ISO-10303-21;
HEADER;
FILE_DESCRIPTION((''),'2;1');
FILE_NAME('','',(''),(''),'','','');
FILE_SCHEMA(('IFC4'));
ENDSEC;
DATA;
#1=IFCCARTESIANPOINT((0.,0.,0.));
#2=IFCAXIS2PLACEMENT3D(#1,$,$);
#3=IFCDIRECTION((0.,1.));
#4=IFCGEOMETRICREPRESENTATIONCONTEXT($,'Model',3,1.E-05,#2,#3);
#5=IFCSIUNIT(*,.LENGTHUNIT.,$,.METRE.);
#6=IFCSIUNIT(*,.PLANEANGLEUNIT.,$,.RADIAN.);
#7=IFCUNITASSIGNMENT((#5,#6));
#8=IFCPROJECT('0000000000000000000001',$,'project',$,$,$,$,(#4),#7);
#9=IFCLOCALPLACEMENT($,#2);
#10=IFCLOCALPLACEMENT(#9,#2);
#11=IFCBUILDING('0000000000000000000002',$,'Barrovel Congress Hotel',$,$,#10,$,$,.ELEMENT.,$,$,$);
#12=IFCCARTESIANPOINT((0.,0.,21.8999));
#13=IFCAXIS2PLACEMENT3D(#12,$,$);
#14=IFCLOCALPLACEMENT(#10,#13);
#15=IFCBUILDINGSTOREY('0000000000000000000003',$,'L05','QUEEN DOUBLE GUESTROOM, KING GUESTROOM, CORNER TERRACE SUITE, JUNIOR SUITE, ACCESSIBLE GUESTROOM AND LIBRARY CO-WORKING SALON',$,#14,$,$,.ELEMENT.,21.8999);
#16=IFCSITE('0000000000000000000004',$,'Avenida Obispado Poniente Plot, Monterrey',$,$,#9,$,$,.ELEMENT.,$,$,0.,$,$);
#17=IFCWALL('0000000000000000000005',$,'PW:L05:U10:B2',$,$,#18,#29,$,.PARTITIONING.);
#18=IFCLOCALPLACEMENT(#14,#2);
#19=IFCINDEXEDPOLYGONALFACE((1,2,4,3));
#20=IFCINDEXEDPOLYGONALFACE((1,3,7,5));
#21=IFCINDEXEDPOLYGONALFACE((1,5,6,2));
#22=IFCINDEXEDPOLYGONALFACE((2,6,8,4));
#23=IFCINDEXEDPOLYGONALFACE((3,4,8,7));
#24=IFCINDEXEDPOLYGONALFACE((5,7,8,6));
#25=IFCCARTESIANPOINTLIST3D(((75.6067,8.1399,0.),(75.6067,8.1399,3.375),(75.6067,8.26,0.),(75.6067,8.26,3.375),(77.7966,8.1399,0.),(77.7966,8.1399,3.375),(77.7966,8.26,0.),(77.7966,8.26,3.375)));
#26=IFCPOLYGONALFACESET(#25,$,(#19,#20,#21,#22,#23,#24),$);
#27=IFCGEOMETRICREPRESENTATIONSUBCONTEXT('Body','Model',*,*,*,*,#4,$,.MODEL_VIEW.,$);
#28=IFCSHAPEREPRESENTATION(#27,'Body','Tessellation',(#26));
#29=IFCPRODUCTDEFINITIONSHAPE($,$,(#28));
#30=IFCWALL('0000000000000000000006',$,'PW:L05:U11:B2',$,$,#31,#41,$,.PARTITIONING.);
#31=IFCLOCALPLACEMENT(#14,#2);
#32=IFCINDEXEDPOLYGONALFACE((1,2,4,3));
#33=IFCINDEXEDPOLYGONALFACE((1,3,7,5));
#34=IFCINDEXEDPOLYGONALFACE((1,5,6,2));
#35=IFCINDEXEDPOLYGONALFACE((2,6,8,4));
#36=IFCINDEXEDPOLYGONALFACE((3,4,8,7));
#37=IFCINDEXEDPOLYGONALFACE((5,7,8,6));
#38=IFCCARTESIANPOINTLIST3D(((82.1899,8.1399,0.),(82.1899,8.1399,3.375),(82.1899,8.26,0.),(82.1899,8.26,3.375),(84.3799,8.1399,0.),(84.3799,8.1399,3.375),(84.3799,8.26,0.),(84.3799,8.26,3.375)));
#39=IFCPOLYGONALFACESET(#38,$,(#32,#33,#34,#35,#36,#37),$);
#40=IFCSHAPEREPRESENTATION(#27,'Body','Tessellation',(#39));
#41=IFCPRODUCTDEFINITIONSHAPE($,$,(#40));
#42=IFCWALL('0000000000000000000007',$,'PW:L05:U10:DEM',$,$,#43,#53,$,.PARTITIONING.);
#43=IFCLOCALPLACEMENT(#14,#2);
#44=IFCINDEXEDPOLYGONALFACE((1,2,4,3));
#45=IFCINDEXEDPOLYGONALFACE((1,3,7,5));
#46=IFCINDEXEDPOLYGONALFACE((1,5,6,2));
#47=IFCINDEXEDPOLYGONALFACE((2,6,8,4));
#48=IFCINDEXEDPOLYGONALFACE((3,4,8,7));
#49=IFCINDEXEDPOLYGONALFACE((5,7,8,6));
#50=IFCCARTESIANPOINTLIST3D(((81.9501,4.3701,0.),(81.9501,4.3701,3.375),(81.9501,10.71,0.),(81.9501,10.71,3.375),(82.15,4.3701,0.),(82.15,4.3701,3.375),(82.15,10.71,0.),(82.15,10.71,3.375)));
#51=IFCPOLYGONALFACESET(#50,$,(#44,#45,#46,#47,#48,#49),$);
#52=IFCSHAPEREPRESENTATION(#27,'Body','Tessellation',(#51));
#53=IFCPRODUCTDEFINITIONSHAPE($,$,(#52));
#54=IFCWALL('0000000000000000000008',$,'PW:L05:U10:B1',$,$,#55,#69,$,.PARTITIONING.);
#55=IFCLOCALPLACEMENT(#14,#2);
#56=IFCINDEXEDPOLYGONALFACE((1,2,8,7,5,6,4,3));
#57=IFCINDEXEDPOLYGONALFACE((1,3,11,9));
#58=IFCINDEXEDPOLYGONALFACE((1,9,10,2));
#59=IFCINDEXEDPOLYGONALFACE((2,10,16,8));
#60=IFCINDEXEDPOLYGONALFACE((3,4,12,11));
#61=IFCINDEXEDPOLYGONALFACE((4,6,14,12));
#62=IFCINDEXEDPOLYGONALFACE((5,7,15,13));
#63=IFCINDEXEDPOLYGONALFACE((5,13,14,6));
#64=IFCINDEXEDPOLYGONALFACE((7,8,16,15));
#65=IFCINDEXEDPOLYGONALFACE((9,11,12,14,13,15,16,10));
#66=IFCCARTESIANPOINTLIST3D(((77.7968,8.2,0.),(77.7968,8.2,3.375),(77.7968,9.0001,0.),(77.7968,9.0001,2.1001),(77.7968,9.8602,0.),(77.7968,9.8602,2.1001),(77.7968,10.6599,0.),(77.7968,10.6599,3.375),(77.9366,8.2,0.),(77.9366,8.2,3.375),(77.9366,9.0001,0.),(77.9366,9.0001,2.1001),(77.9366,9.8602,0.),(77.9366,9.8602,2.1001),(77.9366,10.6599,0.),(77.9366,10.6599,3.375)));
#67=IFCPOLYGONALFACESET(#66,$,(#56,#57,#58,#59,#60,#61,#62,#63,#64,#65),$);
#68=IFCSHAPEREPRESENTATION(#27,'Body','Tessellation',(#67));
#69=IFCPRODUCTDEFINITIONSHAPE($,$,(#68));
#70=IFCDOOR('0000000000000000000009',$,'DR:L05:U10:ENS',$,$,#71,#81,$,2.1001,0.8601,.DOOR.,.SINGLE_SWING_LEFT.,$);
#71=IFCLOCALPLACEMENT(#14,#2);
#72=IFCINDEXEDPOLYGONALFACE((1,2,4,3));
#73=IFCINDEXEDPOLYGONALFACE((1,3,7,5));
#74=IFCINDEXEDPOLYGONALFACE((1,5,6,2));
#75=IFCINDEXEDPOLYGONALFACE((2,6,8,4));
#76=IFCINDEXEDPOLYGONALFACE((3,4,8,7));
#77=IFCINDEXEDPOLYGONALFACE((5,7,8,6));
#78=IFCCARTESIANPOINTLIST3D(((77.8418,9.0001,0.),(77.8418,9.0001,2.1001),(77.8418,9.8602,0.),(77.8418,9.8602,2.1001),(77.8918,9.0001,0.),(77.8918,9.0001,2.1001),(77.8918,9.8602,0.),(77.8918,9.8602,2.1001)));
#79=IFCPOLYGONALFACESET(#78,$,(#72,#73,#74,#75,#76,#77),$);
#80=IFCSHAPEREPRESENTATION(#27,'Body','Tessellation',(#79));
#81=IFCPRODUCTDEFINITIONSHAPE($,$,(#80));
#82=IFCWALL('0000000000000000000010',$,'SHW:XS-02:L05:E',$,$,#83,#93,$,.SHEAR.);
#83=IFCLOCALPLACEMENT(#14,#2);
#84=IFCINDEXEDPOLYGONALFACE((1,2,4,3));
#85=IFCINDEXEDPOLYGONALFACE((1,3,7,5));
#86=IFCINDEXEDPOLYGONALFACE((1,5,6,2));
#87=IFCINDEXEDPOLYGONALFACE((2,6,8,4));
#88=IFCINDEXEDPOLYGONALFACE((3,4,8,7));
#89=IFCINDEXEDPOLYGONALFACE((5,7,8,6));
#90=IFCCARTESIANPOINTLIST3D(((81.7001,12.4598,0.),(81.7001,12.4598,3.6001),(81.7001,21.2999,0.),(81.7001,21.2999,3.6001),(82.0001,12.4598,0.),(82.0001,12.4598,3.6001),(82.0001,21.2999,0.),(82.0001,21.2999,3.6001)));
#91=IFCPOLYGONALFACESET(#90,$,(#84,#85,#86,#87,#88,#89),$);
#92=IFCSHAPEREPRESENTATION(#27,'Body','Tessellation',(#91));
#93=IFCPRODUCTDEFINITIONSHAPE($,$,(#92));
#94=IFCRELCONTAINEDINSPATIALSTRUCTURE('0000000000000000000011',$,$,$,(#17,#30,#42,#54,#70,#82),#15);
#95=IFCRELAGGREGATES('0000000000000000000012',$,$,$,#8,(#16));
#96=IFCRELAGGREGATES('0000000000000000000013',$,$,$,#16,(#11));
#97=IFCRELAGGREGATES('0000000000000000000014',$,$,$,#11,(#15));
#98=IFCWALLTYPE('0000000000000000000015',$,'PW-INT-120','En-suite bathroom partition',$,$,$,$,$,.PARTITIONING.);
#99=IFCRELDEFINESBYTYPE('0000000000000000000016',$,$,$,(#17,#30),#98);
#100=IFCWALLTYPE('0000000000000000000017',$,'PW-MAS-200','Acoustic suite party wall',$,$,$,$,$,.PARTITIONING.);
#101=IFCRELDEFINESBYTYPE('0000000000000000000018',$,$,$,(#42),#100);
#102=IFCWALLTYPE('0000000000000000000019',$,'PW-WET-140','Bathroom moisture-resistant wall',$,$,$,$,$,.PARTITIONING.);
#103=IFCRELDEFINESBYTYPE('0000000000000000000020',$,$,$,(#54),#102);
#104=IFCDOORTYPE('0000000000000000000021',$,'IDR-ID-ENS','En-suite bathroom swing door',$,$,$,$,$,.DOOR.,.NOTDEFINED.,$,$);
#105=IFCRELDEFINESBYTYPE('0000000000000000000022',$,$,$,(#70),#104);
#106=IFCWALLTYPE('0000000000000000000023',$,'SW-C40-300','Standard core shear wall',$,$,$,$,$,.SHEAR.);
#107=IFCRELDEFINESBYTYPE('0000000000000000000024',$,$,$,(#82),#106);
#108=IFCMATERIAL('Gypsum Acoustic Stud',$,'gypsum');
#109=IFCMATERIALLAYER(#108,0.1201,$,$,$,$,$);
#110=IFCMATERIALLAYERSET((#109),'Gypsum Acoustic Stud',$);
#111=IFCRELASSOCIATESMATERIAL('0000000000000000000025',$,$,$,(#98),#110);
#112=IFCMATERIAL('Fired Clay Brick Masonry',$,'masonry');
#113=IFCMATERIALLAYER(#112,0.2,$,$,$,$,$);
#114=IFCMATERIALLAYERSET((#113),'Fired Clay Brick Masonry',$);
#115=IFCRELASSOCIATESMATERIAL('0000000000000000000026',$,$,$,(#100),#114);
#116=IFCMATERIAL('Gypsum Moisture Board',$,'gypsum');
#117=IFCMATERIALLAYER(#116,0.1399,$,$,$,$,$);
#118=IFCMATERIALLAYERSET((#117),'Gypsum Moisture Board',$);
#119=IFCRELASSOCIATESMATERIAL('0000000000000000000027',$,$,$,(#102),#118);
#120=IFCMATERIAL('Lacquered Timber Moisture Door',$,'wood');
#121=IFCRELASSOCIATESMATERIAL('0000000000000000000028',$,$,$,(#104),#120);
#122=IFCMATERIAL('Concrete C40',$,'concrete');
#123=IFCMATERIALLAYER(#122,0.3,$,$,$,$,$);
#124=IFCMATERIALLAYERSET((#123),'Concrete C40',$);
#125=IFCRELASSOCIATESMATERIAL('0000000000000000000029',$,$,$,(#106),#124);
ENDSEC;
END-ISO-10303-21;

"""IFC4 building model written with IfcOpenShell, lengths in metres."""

from ifc_helpers import new_model, si_unit, direction, frame, frame_2d, origin, place, context, subcontext, project, spatial, rectangle, extrude, material, layer, layer_set, type_object, element, fill, save


model = new_model("IFC4")

# Units and contexts
model_context = context("Model", 3, precision=1e-05, world=origin(), true_north=direction((0.0, 1.0)))
body_context = subcontext(model_context, "Body", "Model", "MODEL_VIEW")
ifc_project = project(units=[si_unit("LENGTHUNIT", "METRE"), si_unit("PLANEANGLEUNIT", "RADIAN")], contexts=[model_context])

# Site, building, storey
site_placement = place(None, origin())
site = spatial("IfcSite", under=ifc_project, at=site_placement, Name="Avenida Obispado Poniente Plot, Monterrey", CompositionType="ELEMENT", RefElevation=0.0)
building_placement = place(site_placement, origin())
building = spatial("IfcBuilding", under=site, at=building_placement, Name="Barrovel Congress Hotel", CompositionType="ELEMENT")
storey_placement = place(building_placement, frame((0.0, 0.0, 21.8999)))
storey = spatial("IfcBuildingStorey", under=building, at=storey_placement, Name="L05", Description="QUEEN DOUBLE GUESTROOM, KING GUESTROOM, CORNER TERRACE SUITE, JUNIOR SUITE, ACCESSIBLE GUESTROOM AND LIBRARY CO-WORKING SALON", CompositionType="ELEMENT", Elevation=21.8999)

# Shared definitions
ifc_material_1 = material(Name="Concrete C40", Category="concrete")

# Shared definitions
ifc_material_2 = material(Name="Fired Clay Brick Masonry", Category="masonry")

# Shared definitions
ifc_material_3 = material(Name="Gypsum Acoustic Stud", Category="gypsum")

# Walls
ifc_layer_1 = layer(ifc_material_3, 0.1201)
ifc_layer_set_1 = layer_set([ifc_layer_1], Name="Gypsum Acoustic Stud")
wall_type_1 = type_object("IfcWallType", Name="PW-INT-120", Description="En-suite bathroom partition", PredefinedType="PARTITIONING", material=ifc_layer_set_1)
for number, where, z_axis, x_axis, name in (
    (1, (75.6067, 8.2, 0.0), (0.0, 0.0, 1.0), (1.0, 0.0, 0.0), "PW:L05:U10:B2"),
    (2, (82.1899, 8.2, 0.0), (0.0, 0.0, 1.0), (1.0, 0.0, 0.0), "PW:L05:U11:B2"),
):
    element("IfcWall", number, at=place(storey_placement, frame(where, z_axis=z_axis, x_axis=x_axis)), inside=storey, type_object=wall_type_1, Name=name, PredefinedType="PARTITIONING", context=body_context, shape_type="SweptSolid", body=[
        extrude(rectangle(XDim=2.1899, YDim=0.1201, at=frame_2d((1.095, 0.0))), origin(), (0.0, 0.0, 1.0), 3.375),
    ])
ifc_layer_2 = layer(ifc_material_2, 0.2)
ifc_layer_set_2 = layer_set([ifc_layer_2], Name="Fired Clay Brick Masonry")
wall_type_2 = type_object("IfcWallType", Name="PW-MAS-200", Description="Acoustic suite party wall", PredefinedType="PARTITIONING", material=ifc_layer_set_2)
wall_1_placement = place(storey_placement, frame((82.05, 4.3701, 0.0), z_axis=(0.0, 0.0, 1.0), x_axis=(0.0, 1.0, 0.0)))
element("IfcWall", 3, at=wall_1_placement, inside=storey, type_object=wall_type_2, Name="PW:L05:U10:DEM", PredefinedType="PARTITIONING", context=body_context, shape_type="SweptSolid", body=[
    extrude(rectangle(XDim=6.3398, YDim=0.2, at=frame_2d((3.1699, 0.0))), origin(), (0.0, 0.0, 1.0), 3.375),
])

# Wall, opening, door
ifc_material_4 = material(Name="Gypsum Moisture Board", Category="gypsum")
ifc_layer_3 = layer(ifc_material_4, 0.1399)
ifc_layer_set_3 = layer_set([ifc_layer_3], Name="Gypsum Moisture Board")
wall_type_3 = type_object("IfcWallType", Name="PW-WET-140", Description="Bathroom moisture-resistant wall", PredefinedType="PARTITIONING", material=ifc_layer_set_3)
wall_2_placement = place(storey_placement, frame((77.8667, 8.2, 0.0), z_axis=(0.0, 0.0, 1.0), x_axis=(0.0, 1.0, 0.0)))
wall_2 = element("IfcWall", 4, at=wall_2_placement, inside=storey, type_object=wall_type_3, Name="PW:L05:U10:B1", PredefinedType="PARTITIONING", context=body_context, shape_type="SweptSolid", body=[
    extrude(rectangle(XDim=2.46, YDim=0.1399, at=frame_2d((1.23, 0.0))), origin(), (0.0, 0.0, 1.0), 3.375),
])
opening_1_placement = place(wall_2_placement, frame((0.8, 0.0, 0.0)))
opening_1 = element("IfcOpeningElement", 5, at=opening_1_placement, cuts=wall_2, PredefinedType="OPENING", context=body_context, shape_type="SweptSolid", body=[
    extrude(rectangle(XDim=0.8601, YDim=2.1001, at=frame_2d((0.4302, 1.05))), frame((0.0, 0.0801, 0.0), z_axis=(0.0, -1.0, 0.0), x_axis=(1.0, 0.0, 0.0)), (0.0, 0.0, 1.0), 0.1599),
])
ifc_material_5 = material(Name="Lacquered Timber Moisture Door", Category="wood")
door_type_1 = type_object("IfcDoorType", Name="IDR-ID-ENS", Description="En-suite bathroom swing door", OperationType="NOTDEFINED", PredefinedType="DOOR", material=ifc_material_5)
door_1_placement = place(opening_1_placement, origin())
door_1 = element("IfcDoor", 6, at=door_1_placement, inside=storey, type_object=door_type_1, Name="DR:L05:U10:ENS", OperationType="SINGLE_SWING_LEFT", OverallHeight=2.1001, OverallWidth=0.8601, PredefinedType="DOOR", context=body_context, shape_type="SweptSolid", body=[
    extrude(rectangle(XDim=0.8601, YDim=2.1001, at=frame_2d((0.4302, 1.05))), frame((0.0, 0.0249, 0.0), z_axis=(0.0, -1.0, 0.0), x_axis=(1.0, 0.0, 0.0)), (0.0, 0.0, 1.0), 0.05),
])
fill(opening_1, door_1)

# Wall
ifc_layer_4 = layer(ifc_material_1, 0.3)
ifc_layer_set_4 = layer_set([ifc_layer_4], Name="Concrete C40")
wall_type_4 = type_object("IfcWallType", Name="SW-C40-300", Description="Standard core shear wall", PredefinedType="SHEAR", material=ifc_layer_set_4)
wall_3_placement = place(storey_placement, frame((81.8501, 12.46, 0.0), z_axis=(0.0, 0.0, 1.0), x_axis=(0.0, 1.0, 0.0)))
element("IfcWall", 7, at=wall_3_placement, inside=storey, type_object=wall_type_4, Name="SHW:XS-02:L05:E", PredefinedType="SHEAR", context=body_context, shape_type="SweptSolid", body=[
    extrude(rectangle(XDim=8.8401, YDim=0.3, at=frame_2d((4.4199, 0.0))), origin(), (0.0, 0.0, 1.0), 3.6001),
])

save(model, "model.ifc")
